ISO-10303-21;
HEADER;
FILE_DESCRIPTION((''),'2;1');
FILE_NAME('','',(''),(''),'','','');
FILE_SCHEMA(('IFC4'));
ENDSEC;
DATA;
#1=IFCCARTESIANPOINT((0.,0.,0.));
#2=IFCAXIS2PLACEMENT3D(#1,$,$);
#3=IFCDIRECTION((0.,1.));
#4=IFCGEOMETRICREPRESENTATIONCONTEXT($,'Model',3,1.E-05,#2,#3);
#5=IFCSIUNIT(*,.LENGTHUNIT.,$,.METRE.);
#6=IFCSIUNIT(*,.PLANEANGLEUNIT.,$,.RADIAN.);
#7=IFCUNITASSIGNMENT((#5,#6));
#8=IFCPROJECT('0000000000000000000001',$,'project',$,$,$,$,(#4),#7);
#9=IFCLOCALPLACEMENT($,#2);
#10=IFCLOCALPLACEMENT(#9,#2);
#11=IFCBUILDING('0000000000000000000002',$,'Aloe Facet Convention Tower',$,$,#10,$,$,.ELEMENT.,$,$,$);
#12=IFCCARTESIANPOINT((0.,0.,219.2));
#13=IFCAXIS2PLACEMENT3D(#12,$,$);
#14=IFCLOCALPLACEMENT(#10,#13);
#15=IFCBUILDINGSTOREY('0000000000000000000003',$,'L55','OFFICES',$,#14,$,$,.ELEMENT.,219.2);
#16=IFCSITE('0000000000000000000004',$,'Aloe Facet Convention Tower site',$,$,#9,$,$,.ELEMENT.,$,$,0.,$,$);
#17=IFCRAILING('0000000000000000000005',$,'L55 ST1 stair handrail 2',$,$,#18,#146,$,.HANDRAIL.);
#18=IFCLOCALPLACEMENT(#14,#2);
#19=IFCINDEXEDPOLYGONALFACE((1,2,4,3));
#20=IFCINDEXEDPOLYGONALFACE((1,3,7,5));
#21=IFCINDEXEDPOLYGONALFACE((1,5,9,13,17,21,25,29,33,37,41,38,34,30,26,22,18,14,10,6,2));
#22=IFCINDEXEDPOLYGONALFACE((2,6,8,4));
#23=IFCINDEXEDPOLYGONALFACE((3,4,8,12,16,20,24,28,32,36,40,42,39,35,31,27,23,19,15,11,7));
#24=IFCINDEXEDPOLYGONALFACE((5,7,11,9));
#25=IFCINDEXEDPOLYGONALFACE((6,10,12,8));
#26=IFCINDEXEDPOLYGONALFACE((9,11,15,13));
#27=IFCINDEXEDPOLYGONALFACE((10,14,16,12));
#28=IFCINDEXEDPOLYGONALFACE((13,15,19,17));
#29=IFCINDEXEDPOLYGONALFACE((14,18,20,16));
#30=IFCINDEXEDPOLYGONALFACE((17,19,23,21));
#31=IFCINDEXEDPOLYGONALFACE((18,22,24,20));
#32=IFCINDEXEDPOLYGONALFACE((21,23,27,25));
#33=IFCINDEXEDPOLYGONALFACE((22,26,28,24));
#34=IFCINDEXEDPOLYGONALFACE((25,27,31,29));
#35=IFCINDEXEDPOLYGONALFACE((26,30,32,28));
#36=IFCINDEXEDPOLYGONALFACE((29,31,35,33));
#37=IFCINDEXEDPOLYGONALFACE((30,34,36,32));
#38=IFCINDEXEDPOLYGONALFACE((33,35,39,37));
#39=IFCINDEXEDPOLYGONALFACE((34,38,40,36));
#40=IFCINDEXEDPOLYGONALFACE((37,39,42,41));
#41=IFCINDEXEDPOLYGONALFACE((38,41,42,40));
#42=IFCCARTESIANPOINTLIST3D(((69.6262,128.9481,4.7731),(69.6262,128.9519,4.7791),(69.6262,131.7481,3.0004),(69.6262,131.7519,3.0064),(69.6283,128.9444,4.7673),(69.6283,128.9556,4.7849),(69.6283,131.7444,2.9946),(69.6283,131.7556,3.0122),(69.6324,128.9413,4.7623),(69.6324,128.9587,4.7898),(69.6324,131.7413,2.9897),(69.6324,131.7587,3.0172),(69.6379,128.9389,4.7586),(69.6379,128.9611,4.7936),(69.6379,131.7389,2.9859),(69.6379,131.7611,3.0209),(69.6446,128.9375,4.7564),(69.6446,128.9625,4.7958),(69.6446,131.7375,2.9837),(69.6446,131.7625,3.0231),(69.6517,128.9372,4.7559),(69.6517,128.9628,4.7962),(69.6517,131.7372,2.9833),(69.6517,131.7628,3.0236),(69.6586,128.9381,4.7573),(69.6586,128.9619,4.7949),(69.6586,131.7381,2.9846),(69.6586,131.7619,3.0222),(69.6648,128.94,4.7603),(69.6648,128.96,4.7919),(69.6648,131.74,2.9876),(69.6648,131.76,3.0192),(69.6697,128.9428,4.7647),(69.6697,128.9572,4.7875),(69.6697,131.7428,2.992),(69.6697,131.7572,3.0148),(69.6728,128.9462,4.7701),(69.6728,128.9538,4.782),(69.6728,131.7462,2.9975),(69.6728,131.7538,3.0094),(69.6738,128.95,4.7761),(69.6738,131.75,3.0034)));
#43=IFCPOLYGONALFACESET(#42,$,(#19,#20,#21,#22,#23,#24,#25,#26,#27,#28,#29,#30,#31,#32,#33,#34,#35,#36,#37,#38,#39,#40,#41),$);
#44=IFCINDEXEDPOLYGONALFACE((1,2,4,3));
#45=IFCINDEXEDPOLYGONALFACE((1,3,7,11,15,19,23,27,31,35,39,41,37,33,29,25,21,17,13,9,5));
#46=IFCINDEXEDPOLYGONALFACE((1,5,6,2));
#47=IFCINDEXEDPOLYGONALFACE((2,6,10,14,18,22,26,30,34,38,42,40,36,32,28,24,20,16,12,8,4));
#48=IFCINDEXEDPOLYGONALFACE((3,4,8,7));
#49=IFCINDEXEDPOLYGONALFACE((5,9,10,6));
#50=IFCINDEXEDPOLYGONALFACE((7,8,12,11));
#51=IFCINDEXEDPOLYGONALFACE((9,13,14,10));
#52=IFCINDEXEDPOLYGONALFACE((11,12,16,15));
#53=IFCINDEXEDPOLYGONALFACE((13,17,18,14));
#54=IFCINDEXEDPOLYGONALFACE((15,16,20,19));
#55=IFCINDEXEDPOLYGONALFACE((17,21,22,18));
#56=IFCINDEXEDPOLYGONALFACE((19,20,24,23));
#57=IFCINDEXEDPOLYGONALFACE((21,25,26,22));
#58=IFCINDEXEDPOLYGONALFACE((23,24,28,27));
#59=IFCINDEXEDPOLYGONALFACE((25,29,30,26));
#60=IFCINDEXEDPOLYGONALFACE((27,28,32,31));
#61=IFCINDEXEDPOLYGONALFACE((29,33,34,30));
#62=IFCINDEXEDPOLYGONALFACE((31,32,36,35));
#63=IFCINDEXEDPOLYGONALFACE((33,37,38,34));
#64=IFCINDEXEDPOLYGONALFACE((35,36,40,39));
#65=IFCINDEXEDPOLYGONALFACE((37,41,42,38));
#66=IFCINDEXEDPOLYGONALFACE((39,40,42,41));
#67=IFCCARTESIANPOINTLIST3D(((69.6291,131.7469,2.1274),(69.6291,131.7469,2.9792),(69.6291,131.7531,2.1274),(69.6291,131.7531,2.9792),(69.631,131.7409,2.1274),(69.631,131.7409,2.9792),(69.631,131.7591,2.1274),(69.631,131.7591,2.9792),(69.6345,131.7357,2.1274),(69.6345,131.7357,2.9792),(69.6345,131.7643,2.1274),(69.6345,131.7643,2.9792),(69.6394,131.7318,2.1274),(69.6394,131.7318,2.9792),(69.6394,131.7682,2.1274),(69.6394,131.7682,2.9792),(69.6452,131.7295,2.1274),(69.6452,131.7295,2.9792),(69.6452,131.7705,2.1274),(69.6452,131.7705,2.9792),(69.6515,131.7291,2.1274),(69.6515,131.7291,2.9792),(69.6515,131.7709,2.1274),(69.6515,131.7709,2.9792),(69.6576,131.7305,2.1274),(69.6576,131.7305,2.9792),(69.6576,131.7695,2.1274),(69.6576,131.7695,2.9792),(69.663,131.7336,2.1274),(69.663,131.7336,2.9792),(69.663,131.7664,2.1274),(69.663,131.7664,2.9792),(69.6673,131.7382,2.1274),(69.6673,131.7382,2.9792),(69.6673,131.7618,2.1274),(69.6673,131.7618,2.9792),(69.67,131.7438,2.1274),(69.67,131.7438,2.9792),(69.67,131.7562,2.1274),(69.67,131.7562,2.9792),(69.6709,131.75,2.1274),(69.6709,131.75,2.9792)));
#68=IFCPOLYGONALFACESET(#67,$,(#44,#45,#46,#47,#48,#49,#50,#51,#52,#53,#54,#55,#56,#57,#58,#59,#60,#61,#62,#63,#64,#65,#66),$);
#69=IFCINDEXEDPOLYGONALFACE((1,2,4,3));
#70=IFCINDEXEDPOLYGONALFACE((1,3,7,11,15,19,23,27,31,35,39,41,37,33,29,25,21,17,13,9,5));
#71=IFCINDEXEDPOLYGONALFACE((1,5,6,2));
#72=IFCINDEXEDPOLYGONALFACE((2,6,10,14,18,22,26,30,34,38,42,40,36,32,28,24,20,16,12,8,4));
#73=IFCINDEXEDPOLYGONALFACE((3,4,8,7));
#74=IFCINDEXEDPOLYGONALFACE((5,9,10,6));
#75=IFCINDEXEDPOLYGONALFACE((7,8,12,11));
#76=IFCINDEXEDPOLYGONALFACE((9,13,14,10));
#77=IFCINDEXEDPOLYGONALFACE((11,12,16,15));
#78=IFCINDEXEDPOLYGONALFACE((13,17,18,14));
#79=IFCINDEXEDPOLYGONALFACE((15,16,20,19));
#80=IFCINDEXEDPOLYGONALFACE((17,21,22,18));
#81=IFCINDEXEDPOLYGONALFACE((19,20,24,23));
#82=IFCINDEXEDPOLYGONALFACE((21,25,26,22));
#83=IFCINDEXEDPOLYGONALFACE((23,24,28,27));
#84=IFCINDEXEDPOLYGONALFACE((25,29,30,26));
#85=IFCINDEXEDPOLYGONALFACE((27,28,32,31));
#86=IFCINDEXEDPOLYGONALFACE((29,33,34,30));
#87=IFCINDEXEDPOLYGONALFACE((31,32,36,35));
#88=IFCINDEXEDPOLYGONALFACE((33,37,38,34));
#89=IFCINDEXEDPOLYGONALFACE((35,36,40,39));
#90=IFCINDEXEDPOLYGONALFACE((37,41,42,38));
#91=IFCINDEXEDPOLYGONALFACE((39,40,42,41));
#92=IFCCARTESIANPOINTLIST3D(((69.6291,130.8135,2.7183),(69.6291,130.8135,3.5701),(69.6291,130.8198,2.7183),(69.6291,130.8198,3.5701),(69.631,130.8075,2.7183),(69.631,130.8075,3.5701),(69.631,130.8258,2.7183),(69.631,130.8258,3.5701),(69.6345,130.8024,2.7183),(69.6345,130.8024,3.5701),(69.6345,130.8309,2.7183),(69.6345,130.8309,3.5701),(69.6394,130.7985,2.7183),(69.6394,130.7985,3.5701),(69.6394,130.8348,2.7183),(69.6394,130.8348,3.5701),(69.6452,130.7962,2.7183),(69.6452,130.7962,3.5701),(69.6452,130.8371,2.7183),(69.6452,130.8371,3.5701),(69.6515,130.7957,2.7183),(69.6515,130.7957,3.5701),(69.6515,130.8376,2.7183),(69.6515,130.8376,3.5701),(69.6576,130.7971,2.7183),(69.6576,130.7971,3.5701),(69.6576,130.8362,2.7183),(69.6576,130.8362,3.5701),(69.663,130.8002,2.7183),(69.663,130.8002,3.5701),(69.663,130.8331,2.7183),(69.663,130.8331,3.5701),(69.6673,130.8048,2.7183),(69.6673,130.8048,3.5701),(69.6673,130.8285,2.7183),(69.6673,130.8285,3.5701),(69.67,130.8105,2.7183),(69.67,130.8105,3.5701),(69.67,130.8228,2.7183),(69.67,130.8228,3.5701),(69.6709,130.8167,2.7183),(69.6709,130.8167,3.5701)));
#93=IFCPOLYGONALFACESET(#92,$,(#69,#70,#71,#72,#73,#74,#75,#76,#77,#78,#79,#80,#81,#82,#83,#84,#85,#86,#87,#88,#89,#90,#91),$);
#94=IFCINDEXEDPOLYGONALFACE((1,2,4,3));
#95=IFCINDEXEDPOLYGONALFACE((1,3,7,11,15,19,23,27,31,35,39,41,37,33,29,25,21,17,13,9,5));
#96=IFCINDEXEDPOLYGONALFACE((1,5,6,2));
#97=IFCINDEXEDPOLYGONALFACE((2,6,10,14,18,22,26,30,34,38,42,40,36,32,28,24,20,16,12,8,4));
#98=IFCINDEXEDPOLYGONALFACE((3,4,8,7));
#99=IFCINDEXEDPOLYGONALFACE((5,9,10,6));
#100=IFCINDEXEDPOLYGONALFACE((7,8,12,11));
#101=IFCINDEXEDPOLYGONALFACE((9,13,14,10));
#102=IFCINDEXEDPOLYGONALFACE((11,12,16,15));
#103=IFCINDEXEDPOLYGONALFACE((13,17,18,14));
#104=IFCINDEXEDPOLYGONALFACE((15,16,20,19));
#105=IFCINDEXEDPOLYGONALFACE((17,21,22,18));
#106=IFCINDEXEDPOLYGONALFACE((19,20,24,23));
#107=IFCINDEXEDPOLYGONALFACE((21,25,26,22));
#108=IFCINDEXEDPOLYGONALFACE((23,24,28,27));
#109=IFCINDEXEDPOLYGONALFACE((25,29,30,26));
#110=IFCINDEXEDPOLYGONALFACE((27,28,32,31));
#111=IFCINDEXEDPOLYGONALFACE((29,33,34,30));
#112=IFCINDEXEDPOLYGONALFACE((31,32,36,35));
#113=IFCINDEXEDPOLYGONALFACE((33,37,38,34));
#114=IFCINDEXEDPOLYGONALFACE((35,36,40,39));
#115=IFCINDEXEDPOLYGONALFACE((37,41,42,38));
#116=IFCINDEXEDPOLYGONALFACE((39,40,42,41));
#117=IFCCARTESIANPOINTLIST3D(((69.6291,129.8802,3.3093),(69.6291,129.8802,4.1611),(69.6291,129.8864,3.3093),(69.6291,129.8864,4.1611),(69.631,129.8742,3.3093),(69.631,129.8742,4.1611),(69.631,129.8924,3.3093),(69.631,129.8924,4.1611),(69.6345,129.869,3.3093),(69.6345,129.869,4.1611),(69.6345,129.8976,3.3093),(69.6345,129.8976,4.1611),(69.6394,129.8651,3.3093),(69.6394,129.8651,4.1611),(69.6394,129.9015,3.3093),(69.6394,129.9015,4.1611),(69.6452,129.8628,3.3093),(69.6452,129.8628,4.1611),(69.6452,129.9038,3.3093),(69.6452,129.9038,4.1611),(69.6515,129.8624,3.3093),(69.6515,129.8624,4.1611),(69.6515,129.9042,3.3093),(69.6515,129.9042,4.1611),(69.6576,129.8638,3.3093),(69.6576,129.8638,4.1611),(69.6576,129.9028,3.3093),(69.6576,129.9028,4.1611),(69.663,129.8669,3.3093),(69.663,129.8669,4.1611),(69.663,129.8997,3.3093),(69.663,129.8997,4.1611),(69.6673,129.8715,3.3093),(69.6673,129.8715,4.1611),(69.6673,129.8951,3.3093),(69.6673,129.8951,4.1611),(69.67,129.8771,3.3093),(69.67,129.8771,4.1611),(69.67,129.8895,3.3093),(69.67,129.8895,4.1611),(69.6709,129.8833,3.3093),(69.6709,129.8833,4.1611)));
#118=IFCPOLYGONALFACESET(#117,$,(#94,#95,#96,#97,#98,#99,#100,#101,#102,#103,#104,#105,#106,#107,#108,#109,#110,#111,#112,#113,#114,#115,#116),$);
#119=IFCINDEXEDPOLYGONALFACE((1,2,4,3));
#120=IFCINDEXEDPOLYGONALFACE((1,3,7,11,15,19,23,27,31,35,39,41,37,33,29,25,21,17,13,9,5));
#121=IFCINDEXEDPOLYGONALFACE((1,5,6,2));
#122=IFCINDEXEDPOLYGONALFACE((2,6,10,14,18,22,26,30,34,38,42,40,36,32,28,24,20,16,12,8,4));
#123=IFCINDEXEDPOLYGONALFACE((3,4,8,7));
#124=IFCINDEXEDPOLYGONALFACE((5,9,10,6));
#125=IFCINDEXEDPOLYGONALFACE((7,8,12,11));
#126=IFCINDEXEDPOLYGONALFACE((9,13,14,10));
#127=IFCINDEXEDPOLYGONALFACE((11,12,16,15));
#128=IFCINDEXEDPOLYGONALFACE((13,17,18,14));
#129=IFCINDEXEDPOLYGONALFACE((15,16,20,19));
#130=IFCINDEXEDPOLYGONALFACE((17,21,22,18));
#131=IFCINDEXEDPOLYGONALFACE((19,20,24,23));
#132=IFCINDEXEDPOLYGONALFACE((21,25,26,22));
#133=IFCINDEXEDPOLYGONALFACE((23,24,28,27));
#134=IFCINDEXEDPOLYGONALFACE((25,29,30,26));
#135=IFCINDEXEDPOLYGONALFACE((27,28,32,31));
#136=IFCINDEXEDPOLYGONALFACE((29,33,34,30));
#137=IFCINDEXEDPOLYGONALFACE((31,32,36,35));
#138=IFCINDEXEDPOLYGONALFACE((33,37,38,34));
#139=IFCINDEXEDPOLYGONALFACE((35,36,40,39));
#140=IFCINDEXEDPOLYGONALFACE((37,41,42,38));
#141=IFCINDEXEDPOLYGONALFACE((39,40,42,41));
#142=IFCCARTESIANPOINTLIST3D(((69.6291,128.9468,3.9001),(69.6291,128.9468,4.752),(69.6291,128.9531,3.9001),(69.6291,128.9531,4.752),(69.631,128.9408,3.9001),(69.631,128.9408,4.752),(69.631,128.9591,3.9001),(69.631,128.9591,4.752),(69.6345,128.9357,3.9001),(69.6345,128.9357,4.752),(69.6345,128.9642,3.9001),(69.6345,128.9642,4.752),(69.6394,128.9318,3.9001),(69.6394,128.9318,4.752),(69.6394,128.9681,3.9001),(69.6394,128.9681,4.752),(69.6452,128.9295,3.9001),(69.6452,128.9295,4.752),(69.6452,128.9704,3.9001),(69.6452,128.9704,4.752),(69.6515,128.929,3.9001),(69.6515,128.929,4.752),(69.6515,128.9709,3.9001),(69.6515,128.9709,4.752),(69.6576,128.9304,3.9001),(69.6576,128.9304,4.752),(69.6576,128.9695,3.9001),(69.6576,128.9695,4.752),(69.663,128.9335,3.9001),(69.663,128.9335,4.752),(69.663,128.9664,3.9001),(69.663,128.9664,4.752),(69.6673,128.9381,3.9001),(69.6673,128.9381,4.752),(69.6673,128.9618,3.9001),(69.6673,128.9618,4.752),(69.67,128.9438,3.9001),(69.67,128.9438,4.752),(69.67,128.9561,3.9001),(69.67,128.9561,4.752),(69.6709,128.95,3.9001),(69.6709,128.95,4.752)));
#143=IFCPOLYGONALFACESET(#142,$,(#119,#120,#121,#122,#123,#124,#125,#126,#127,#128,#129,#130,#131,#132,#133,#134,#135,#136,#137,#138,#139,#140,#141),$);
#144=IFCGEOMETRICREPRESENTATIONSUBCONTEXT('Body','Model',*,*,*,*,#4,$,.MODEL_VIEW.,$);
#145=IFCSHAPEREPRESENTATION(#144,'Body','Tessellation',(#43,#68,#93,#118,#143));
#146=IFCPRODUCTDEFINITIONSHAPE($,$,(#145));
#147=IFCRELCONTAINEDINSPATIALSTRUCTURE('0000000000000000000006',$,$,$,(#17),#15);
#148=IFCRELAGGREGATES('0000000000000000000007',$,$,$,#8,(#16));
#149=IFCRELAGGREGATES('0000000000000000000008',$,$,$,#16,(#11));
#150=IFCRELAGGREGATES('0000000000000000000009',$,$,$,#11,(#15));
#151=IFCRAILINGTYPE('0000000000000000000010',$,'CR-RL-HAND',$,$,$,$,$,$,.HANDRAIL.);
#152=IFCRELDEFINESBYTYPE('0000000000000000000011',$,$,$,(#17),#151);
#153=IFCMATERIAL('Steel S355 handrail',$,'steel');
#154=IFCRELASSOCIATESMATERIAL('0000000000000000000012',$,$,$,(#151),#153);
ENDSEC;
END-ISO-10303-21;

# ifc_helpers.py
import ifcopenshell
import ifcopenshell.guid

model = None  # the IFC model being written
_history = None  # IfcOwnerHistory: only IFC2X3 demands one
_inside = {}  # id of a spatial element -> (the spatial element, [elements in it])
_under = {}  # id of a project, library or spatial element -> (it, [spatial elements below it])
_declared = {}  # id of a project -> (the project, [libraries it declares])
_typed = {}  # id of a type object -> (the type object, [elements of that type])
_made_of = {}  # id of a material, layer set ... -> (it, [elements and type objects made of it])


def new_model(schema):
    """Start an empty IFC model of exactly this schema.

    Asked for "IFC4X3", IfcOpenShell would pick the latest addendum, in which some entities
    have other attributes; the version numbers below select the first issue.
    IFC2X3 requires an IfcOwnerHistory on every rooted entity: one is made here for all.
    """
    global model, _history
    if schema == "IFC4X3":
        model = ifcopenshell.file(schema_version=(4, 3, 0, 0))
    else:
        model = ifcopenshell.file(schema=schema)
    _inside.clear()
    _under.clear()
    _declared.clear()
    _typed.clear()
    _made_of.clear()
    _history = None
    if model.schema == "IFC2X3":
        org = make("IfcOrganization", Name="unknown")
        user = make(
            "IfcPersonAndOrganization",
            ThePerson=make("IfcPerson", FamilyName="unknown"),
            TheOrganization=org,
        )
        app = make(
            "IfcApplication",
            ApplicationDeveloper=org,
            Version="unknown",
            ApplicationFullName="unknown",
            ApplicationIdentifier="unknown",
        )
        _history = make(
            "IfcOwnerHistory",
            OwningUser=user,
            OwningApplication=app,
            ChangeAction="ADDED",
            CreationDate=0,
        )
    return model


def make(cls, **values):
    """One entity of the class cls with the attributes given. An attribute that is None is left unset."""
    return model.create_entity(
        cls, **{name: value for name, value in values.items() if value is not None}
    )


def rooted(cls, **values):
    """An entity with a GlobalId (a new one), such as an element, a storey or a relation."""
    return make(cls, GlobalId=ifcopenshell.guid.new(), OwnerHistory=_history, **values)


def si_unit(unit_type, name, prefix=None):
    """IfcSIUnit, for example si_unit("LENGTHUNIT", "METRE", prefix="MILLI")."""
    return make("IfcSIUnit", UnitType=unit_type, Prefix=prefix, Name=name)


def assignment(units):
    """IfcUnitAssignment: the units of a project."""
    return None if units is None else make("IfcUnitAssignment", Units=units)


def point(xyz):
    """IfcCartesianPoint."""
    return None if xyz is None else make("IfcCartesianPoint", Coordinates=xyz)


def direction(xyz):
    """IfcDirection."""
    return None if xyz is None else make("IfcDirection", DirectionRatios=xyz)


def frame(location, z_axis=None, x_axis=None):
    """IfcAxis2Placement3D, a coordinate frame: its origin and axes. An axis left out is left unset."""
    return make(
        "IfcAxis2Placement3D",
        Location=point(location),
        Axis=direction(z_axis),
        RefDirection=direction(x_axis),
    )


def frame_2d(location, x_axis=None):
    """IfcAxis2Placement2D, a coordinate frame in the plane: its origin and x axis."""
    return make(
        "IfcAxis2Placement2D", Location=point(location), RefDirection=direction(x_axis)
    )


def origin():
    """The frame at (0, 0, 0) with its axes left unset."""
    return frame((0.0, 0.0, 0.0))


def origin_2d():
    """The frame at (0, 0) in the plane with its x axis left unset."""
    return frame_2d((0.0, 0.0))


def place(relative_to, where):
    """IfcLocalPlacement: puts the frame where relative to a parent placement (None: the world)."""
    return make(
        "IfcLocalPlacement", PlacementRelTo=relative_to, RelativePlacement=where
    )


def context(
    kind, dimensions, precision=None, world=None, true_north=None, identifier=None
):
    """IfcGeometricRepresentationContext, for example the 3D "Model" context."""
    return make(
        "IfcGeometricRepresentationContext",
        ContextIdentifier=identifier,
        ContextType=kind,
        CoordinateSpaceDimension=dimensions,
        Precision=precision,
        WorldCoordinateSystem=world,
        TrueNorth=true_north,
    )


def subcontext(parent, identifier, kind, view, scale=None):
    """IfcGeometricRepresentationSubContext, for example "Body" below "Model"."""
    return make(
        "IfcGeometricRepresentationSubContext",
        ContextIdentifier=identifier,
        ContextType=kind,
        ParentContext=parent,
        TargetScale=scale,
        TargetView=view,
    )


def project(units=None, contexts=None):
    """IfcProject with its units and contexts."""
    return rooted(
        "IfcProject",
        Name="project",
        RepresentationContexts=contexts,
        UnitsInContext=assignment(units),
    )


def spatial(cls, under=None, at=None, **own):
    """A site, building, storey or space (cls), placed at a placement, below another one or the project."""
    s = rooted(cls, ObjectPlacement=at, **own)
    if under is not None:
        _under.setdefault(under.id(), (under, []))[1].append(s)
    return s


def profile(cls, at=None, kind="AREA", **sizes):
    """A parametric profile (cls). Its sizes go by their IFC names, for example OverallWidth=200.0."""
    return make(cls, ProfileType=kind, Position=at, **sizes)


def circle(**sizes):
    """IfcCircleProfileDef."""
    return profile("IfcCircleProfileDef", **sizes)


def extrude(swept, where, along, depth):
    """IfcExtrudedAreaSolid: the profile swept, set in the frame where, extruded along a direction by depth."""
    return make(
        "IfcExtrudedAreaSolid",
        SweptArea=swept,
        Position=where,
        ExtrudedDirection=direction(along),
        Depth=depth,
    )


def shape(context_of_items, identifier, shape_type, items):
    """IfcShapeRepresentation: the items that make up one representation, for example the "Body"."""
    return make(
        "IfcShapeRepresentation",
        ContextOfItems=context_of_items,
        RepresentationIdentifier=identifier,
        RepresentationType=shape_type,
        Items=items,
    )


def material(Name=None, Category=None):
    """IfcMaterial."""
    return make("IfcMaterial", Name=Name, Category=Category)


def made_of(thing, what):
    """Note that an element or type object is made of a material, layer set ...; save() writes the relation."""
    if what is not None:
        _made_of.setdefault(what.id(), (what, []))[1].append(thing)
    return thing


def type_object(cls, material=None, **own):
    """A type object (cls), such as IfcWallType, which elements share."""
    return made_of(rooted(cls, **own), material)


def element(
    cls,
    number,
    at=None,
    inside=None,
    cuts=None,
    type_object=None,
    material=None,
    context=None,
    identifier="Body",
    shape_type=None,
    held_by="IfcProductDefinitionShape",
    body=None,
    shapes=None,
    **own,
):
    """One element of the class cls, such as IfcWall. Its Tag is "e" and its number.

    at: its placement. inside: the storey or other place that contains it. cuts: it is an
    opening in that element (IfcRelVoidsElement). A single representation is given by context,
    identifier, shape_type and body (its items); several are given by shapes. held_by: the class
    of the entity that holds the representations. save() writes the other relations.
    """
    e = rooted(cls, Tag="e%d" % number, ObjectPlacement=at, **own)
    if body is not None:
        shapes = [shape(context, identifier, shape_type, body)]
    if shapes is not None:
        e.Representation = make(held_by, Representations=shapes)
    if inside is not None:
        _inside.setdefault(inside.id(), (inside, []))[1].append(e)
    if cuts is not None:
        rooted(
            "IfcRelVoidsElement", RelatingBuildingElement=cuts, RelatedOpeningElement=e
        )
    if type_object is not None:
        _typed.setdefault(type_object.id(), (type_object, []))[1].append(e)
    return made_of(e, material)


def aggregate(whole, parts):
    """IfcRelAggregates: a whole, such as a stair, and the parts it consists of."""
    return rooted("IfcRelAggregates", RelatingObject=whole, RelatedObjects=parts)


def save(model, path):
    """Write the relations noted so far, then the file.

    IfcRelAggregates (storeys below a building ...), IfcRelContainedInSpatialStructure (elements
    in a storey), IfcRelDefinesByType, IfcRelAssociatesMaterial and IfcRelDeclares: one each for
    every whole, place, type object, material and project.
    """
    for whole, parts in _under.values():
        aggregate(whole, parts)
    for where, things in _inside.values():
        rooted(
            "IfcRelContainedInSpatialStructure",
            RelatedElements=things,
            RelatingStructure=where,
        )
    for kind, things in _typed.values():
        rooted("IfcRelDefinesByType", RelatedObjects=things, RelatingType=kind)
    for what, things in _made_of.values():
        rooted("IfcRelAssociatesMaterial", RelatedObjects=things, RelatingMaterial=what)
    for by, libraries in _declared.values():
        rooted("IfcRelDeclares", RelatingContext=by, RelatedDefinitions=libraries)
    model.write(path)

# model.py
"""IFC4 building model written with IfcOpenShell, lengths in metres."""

from ifc_helpers import new_model, si_unit, direction, frame, origin, origin_2d, place, context, subcontext, project, spatial, circle, extrude, material, type_object, element, save


model = new_model("IFC4")

# Units and contexts
model_context = context("Model", 3, precision=1e-05, world=origin(), true_north=direction((0.0, 1.0)))
body_context = subcontext(model_context, "Body", "Model", "MODEL_VIEW")
ifc_project = project(units=[si_unit("LENGTHUNIT", "METRE"), si_unit("PLANEANGLEUNIT", "RADIAN")], contexts=[model_context])

# Site, building, storey
site_placement = place(None, origin())
site = spatial("IfcSite", under=ifc_project, at=site_placement, Name="Aloe Facet Convention Tower site", CompositionType="ELEMENT", RefElevation=0.0)
building_placement = place(site_placement, origin())
building = spatial("IfcBuilding", under=site, at=building_placement, Name="Aloe Facet Convention Tower", CompositionType="ELEMENT")
storey_placement = place(building_placement, frame((0.0, 0.0, 219.2)))
storey = spatial("IfcBuildingStorey", under=building, at=storey_placement, Name="L55", Description="OFFICES", CompositionType="ELEMENT", Elevation=219.2)

# Railing
ifc_material_1 = material(Name="Steel S355 handrail", Category="steel")
railing_type_1 = type_object("IfcRailingType", Name="CR-RL-HAND", PredefinedType="HANDRAIL", material=ifc_material_1)
railing_1_placement = place(storey_placement, frame((69.6499, 131.75, 2.1274)))
element("IfcRailing", 1, at=railing_1_placement, inside=storey, type_object=railing_type_1, Name="L55 ST1 stair handrail 2", PredefinedType="HANDRAIL", context=body_context, shape_type="SweptSolid", body=[
    extrude(circle(Radius=0.0239, at=origin_2d()), frame((0.0, 0.0, 0.876), z_axis=(0.0, -0.844909, 0.53491), x_axis=(1.0, 0.0, 0.0)), (0.0, 0.0, 1.0), 3.314),
    extrude(circle(Radius=0.021, at=origin_2d()), origin(), (0.0, 0.0, 1.0), 0.8518),
    extrude(circle(Radius=0.021, at=origin_2d()), frame((0.0, -0.9333, 0.5908)), (0.0, 0.0, 1.0), 0.8518),
    extrude(circle(Radius=0.021, at=origin_2d()), frame((0.0, -1.8667, 1.1819)), (0.0, 0.0, 1.0), 0.8518),
    extrude(circle(Radius=0.021, at=origin_2d()), frame((0.0, -2.8, 1.7727)), (0.0, 0.0, 1.0), 0.8518),
])

save(model, "model.ifc")
